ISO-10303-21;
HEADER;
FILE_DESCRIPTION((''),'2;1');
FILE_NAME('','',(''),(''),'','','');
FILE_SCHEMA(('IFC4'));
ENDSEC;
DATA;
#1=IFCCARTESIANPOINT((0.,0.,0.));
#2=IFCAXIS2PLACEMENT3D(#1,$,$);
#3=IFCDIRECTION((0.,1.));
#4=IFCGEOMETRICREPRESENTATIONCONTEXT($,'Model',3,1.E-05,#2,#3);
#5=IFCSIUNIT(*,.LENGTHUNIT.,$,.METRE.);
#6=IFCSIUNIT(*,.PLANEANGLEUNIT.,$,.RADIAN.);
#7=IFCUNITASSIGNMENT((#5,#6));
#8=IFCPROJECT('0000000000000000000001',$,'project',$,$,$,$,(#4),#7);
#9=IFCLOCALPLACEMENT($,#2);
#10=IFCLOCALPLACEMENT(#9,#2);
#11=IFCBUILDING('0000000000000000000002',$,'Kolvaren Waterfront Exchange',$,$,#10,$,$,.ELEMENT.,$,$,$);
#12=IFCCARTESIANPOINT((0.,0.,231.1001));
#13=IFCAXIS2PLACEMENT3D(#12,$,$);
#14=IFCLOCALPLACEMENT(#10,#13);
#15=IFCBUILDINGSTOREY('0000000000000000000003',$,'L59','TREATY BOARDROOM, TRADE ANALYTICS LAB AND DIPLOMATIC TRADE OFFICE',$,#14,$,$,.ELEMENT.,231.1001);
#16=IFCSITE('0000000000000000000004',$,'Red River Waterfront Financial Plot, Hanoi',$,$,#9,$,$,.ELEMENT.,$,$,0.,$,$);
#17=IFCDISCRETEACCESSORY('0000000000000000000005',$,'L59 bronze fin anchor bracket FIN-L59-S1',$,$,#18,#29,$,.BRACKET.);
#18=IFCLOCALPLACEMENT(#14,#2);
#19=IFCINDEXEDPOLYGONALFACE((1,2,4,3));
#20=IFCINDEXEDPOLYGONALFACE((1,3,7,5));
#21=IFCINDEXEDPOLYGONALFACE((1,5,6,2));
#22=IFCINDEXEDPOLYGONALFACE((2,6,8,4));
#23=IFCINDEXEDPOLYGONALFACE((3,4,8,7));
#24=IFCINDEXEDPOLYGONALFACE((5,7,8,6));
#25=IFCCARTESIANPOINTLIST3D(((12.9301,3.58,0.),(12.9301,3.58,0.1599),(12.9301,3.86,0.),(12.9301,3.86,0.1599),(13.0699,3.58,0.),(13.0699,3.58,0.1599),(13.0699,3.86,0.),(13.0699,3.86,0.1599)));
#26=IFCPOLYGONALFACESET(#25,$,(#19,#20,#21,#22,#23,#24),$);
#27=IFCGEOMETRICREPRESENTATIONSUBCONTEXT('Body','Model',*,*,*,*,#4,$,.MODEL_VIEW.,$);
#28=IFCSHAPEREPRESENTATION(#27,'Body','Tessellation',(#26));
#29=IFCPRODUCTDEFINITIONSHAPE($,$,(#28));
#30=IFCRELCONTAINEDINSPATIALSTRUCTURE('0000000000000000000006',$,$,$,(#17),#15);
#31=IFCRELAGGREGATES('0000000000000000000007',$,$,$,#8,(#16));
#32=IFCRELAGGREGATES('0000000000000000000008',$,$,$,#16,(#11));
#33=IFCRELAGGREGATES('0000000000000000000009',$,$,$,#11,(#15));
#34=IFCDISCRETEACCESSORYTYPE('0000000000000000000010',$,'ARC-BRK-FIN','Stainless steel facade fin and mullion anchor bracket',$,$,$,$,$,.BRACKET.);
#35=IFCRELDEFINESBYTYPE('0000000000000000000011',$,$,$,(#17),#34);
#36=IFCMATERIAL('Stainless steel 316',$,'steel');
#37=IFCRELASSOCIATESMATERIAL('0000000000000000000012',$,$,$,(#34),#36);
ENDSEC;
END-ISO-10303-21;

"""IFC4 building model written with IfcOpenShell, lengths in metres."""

from ifc_helpers import new_model, si_unit, direction, frame, origin, origin_with_axes, origin_2d, place, context, subcontext, project, spatial, rectangle, extrude, source, transform, mapped, material, type_object, element, save


model = new_model("IFC4")

# Units and contexts
model_context = context("Model", 3, precision=1e-05, world=origin(), true_north=direction((0.0, 1.0)))
body_context = subcontext(model_context, "Body", "Model", "MODEL_VIEW")
ifc_project = project(units=[si_unit("LENGTHUNIT", "METRE"), si_unit("PLANEANGLEUNIT", "RADIAN")], contexts=[model_context])

# Site, building, storey
site_placement = place(None, origin())
site = spatial("IfcSite", under=ifc_project, at=site_placement, Name="Red River Waterfront Financial Plot, Hanoi", CompositionType="ELEMENT", RefElevation=0.0)
building_placement = place(site_placement, origin())
building = spatial("IfcBuilding", under=site, at=building_placement, Name="Kolvaren Waterfront Exchange", CompositionType="ELEMENT")
storey_placement = place(building_placement, frame((0.0, 0.0, 231.1001)))
storey = spatial("IfcBuildingStorey", under=building, at=storey_placement, Name="L59", Description="TREATY BOARDROOM, TRADE ANALYTICS LAB AND DIPLOMATIC TRADE OFFICE", CompositionType="ELEMENT", Elevation=231.1001)

# Discrete accessory
ifc_material_1 = material(Name="Stainless steel 316", Category="steel")
discrete_accessory_type = type_object("IfcDiscreteAccessoryType", Name="ARC-BRK-FIN", Description="Stainless steel facade fin and mullion anchor bracket", PredefinedType="BRACKET", material=ifc_material_1)
shared_shape_1 = source(origin_with_axes(), body_context, "Body", "SweptSolid", [
    extrude(rectangle(XDim=0.28, YDim=0.1399, at=origin_2d()), origin(), (0.0, 0.0, 1.0), 0.1599),
])
discrete_accessory_placement = place(storey_placement, frame((13.0, 3.72, 0.0), z_axis=(0.0, 0.0, 1.0), x_axis=(0.0, -1.0, 0.0)))
element("IfcDiscreteAccessory", 1, at=discrete_accessory_placement, inside=storey, type_object=discrete_accessory_type, Name="L59 bronze fin anchor bracket FIN-L59-S1", PredefinedType="BRACKET", context=body_context, shape_type="MappedRepresentation", body=[
    mapped(shared_shape_1, transform((0.0, 0.0, 0.0), x_axis=(1.0, 0.0, 0.0), y_axis=(0.0, 1.0, 0.0), z_axis=(0.0, 0.0, 1.0), scale=1.0)),
])

save(model, "model.ifc")
